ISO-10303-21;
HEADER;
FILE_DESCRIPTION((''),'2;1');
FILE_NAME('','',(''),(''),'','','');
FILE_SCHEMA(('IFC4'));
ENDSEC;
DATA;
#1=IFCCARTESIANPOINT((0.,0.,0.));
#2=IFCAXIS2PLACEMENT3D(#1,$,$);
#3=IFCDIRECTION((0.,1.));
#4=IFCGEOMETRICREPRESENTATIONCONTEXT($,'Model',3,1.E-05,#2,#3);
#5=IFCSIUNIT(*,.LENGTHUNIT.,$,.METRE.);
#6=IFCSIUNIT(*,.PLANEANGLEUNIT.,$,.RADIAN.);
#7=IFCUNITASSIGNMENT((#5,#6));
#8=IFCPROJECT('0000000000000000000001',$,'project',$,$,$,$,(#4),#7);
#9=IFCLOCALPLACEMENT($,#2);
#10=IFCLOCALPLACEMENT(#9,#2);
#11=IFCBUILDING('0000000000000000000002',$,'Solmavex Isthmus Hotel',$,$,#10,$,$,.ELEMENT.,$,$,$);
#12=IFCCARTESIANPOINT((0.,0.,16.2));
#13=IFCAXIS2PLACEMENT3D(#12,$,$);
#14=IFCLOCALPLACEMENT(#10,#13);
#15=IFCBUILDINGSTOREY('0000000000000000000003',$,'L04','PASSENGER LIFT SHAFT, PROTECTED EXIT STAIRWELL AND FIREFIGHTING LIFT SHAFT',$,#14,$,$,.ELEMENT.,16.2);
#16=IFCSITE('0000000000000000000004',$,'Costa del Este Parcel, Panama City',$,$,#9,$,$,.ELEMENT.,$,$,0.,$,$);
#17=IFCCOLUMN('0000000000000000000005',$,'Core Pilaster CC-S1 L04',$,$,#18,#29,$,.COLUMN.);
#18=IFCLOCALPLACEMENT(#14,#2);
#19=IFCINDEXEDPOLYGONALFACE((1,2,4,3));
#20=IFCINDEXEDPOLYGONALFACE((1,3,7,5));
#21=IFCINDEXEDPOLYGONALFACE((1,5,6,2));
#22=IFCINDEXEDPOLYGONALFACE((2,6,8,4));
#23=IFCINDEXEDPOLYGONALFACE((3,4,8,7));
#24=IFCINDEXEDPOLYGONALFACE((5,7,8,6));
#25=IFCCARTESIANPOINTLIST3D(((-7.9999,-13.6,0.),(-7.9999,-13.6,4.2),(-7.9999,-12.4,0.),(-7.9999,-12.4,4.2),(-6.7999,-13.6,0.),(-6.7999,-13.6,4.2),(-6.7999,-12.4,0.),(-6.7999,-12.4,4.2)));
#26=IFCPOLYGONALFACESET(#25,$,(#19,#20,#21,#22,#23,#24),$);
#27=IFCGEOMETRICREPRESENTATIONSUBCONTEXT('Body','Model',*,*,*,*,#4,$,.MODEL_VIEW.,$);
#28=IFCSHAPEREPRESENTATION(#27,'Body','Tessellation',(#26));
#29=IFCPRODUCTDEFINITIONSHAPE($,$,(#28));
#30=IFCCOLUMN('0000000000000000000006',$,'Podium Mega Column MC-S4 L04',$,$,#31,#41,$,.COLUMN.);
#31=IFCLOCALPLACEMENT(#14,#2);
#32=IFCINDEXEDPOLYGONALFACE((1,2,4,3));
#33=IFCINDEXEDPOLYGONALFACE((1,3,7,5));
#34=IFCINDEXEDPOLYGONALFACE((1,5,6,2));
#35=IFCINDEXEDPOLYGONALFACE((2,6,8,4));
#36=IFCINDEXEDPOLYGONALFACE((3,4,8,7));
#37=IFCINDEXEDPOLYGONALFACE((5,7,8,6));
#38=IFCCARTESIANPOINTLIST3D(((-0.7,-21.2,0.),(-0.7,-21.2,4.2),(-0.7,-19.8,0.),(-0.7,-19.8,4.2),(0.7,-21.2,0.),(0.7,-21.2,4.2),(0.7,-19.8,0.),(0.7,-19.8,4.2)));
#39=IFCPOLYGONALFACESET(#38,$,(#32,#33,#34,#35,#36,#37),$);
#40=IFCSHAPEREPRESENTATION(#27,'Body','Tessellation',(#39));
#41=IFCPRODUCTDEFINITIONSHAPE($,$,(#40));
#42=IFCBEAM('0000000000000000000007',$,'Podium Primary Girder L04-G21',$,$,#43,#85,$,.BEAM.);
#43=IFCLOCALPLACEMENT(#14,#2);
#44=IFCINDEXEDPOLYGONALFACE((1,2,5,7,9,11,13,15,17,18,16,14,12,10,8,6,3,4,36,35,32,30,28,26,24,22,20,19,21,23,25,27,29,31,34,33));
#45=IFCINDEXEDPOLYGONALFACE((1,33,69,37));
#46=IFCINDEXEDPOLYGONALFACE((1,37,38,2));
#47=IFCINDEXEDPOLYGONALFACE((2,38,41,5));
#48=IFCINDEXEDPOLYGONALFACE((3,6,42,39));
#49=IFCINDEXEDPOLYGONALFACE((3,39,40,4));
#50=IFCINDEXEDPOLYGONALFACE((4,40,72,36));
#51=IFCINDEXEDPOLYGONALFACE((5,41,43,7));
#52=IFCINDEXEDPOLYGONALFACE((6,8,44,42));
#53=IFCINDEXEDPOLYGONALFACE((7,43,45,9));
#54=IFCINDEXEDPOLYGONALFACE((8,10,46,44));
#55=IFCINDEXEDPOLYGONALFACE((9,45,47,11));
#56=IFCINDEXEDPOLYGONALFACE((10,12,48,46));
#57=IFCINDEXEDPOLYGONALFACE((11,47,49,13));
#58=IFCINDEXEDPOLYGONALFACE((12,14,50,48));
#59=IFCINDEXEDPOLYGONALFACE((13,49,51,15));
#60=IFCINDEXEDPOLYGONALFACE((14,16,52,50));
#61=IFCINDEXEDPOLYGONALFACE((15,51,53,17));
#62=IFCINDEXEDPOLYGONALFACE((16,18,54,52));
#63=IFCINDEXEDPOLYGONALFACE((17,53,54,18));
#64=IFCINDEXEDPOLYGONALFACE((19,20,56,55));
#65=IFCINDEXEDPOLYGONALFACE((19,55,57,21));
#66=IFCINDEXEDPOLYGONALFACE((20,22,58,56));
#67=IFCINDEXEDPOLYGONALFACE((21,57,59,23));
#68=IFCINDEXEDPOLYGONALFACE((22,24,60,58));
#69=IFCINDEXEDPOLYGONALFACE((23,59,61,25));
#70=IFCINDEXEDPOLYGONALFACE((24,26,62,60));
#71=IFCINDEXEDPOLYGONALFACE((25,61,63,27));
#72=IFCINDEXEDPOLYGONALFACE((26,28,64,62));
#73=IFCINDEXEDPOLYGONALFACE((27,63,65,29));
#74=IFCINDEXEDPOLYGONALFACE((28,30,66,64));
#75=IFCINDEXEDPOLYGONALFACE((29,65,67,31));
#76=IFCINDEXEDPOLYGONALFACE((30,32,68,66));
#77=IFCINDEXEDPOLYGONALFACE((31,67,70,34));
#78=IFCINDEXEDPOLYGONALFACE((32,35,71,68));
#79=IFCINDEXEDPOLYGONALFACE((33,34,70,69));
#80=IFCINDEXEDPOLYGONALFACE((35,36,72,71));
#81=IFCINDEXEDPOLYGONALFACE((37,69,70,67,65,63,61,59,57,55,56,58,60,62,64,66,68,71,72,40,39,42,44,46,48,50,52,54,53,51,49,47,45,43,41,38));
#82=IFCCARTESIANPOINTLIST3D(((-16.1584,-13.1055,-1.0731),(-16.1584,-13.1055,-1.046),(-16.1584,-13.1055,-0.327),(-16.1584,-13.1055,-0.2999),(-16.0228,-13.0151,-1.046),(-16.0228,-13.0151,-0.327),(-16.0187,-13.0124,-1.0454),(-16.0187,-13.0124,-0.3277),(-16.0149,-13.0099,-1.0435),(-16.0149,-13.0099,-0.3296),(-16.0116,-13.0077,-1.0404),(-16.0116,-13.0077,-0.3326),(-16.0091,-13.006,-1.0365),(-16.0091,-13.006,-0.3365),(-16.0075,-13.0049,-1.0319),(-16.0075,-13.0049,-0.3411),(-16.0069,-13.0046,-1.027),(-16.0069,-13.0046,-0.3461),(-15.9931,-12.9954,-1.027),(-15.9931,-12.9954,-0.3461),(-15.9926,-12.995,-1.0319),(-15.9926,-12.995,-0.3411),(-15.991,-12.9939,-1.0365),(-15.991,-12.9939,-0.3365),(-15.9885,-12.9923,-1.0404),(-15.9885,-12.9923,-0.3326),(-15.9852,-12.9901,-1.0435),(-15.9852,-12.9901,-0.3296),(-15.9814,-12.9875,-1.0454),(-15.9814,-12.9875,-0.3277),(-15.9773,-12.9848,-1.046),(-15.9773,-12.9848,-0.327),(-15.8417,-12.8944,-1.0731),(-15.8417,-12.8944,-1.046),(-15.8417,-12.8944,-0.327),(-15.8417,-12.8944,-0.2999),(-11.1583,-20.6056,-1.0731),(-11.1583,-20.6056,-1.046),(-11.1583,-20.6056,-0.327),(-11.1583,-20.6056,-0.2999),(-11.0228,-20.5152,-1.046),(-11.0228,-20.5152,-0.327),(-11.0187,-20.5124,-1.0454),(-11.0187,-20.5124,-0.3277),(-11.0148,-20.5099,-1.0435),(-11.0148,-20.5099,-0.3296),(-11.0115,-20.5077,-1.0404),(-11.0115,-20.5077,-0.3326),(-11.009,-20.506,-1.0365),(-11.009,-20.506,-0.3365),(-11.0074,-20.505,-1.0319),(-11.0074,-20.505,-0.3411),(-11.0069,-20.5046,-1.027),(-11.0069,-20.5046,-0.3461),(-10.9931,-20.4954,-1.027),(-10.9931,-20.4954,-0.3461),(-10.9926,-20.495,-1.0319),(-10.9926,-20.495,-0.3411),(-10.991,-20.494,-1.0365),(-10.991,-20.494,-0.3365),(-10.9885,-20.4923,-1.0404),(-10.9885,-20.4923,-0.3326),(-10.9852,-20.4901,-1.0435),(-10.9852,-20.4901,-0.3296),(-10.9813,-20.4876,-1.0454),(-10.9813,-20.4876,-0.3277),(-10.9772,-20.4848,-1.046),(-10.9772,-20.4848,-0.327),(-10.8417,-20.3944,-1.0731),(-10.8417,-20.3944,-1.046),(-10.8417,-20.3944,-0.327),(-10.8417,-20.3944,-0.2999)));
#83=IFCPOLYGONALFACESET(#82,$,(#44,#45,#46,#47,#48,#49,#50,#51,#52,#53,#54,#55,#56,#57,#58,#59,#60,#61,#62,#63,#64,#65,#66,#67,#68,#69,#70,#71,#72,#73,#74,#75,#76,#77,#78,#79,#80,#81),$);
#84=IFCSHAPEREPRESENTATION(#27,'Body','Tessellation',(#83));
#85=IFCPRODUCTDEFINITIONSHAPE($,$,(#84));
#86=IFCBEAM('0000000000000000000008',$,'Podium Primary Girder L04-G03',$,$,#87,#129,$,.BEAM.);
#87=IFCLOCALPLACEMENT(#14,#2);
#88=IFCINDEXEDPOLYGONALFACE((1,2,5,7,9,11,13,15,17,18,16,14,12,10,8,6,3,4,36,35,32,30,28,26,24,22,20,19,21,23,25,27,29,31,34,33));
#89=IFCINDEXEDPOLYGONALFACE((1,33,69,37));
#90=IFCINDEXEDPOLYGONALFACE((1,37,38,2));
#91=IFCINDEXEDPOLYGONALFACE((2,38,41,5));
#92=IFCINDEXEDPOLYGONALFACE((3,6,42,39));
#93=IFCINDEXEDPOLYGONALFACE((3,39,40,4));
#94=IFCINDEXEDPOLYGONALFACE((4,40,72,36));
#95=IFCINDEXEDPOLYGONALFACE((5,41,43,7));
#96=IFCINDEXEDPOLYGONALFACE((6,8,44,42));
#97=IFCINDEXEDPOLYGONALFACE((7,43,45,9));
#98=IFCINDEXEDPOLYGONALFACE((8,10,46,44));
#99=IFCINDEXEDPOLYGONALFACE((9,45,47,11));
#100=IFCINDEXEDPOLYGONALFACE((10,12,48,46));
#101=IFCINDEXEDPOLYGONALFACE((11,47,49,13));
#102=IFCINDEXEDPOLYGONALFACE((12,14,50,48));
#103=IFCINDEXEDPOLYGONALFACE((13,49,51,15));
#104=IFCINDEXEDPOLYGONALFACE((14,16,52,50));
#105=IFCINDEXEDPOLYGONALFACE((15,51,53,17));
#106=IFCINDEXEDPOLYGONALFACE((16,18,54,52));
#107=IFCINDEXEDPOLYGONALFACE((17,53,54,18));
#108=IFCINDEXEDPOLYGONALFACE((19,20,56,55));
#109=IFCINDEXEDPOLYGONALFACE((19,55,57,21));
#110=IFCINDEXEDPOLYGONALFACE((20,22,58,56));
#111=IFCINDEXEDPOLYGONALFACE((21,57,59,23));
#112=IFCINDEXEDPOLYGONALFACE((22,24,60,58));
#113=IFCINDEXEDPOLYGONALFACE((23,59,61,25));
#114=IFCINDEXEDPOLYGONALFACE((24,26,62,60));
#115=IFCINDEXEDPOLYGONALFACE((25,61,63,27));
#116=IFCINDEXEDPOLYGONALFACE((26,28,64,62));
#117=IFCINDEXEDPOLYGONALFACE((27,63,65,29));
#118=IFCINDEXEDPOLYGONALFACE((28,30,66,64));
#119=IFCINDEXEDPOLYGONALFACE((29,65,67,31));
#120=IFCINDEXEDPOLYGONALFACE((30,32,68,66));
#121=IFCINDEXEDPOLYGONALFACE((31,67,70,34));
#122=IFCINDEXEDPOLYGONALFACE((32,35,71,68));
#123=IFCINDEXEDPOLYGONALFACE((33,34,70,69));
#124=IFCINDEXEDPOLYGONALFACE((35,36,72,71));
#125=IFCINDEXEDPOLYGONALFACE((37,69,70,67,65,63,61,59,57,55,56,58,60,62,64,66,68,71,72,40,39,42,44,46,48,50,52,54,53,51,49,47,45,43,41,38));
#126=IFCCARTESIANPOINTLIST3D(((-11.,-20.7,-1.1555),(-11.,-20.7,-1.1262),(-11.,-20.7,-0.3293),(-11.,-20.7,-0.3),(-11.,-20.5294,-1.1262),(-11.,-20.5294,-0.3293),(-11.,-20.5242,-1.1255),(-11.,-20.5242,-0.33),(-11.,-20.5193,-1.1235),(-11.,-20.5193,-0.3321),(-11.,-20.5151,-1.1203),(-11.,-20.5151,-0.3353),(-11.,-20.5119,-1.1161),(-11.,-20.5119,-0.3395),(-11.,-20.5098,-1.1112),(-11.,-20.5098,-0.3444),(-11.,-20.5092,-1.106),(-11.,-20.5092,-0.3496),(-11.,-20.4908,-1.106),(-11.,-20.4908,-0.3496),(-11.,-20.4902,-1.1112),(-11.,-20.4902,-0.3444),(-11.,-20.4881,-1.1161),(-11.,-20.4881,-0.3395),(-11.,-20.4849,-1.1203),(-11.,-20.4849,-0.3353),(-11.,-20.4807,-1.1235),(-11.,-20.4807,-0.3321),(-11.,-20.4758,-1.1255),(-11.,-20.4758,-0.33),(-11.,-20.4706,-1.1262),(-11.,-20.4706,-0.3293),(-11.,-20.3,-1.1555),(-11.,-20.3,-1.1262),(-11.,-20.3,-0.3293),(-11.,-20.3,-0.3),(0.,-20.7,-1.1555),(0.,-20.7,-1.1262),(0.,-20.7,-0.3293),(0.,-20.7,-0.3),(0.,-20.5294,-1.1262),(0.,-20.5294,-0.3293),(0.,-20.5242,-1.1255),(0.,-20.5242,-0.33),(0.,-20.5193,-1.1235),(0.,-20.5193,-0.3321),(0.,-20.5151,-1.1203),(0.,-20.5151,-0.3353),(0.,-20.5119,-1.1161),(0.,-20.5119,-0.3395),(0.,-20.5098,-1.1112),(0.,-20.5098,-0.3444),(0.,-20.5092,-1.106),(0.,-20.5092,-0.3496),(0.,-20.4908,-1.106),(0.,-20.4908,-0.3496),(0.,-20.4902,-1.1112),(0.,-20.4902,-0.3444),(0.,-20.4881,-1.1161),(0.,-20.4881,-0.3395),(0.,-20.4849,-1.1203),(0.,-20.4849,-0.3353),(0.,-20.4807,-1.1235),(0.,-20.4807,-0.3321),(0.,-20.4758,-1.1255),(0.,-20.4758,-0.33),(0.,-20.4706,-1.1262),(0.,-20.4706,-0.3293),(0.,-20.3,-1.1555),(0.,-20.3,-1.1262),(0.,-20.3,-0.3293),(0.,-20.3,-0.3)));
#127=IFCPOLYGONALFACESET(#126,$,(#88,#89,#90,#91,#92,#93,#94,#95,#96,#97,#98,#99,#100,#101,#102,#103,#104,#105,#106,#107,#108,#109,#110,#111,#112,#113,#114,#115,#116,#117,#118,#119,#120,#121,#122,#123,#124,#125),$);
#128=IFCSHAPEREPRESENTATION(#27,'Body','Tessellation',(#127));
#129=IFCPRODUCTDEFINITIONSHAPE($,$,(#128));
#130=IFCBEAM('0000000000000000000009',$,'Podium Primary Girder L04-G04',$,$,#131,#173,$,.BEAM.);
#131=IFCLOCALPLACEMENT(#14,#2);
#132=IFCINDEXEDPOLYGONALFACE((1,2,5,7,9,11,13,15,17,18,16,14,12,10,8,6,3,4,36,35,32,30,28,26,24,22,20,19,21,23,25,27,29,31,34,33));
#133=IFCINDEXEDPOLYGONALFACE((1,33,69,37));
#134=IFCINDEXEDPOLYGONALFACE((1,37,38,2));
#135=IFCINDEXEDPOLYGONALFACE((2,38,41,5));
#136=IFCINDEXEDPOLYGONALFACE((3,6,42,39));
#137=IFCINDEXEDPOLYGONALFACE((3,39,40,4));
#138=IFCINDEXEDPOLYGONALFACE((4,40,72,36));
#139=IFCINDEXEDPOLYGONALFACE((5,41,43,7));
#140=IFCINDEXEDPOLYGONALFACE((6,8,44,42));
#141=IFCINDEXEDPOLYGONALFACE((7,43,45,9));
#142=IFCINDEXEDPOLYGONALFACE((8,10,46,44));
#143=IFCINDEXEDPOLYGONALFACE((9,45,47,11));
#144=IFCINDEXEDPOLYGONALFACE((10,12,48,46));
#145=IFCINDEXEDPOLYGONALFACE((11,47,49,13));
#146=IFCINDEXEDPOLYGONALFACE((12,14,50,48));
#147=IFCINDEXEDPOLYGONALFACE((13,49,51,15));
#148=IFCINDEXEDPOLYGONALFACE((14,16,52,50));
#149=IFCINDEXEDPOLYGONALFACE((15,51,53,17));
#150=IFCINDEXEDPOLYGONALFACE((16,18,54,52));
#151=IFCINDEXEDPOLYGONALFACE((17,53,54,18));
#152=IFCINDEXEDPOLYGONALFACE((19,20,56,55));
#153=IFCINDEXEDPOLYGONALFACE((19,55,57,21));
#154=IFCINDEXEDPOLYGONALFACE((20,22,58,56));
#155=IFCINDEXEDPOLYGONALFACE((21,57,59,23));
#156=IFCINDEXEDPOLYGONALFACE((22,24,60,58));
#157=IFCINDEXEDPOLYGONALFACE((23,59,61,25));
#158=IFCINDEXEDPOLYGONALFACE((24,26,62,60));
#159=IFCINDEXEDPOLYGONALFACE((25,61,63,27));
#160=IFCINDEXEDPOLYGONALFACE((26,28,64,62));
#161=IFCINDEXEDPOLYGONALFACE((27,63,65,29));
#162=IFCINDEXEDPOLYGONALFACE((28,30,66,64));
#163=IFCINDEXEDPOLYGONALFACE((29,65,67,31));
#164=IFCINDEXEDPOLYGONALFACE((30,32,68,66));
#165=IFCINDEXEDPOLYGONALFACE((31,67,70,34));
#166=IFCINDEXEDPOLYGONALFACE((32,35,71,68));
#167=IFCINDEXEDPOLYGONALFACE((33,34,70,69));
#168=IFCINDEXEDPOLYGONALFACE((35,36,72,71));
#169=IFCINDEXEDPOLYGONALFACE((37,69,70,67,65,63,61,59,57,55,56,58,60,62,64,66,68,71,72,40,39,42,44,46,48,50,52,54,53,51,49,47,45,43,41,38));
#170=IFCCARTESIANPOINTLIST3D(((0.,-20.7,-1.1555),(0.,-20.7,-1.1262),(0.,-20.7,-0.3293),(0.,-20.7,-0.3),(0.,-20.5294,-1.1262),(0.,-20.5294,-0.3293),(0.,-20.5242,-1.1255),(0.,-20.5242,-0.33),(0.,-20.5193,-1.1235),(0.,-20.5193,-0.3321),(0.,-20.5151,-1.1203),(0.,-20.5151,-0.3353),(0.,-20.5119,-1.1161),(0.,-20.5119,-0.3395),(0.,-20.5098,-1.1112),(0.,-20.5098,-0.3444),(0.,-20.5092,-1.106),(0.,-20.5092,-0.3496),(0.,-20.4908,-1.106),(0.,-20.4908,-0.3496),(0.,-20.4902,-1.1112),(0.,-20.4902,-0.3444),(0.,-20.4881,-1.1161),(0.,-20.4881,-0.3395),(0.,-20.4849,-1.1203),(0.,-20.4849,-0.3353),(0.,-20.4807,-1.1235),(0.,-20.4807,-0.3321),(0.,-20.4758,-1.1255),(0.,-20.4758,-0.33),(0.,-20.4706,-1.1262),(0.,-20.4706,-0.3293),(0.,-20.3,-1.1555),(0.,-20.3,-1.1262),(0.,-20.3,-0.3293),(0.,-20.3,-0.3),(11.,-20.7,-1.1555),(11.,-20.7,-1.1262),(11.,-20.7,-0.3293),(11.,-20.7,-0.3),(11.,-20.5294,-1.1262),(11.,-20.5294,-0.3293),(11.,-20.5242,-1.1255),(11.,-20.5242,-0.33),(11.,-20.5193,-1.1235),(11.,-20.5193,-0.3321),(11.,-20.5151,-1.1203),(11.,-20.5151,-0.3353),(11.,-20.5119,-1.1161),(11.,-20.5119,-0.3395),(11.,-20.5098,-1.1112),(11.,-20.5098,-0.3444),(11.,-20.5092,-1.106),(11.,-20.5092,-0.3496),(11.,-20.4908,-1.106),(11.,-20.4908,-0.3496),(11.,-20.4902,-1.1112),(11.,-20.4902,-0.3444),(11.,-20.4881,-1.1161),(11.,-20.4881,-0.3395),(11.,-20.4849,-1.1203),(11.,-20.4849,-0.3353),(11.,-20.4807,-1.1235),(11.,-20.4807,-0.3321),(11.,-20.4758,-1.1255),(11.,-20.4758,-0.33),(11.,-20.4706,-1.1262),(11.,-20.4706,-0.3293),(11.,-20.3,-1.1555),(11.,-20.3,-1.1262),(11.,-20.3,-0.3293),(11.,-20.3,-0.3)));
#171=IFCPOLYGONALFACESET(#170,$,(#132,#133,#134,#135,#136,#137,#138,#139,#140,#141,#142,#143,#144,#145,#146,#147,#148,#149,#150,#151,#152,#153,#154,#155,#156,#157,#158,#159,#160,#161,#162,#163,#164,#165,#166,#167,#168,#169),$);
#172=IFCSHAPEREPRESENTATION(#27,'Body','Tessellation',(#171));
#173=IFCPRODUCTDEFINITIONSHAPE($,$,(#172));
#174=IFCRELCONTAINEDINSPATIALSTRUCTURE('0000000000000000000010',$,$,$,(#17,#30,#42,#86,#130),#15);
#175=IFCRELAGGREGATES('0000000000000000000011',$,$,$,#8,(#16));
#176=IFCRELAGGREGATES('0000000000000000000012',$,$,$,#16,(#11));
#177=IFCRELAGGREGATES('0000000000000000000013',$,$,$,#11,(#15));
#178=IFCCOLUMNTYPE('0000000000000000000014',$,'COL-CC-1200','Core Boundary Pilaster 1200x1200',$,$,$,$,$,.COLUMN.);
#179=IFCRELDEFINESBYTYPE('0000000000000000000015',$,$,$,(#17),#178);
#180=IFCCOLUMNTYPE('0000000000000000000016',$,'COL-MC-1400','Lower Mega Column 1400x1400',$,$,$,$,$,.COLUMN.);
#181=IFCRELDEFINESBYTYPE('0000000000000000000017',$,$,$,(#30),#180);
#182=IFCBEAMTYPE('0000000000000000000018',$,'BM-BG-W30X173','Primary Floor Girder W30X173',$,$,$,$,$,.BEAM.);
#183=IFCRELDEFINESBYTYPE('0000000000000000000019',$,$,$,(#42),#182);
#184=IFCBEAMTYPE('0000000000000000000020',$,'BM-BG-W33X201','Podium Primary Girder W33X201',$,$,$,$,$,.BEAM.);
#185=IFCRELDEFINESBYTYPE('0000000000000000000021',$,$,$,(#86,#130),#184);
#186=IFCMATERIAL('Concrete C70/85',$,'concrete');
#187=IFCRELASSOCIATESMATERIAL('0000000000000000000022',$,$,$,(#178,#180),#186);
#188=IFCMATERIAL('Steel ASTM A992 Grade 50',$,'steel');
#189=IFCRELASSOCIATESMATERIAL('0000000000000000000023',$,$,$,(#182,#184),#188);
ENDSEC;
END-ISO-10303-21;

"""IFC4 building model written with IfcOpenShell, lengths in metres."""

from ifc_helpers import new_model, si_unit, direction, frame, origin, origin_2d, place, context, subcontext, project, spatial, rectangle, i_section, extrude, material, material_profile, profile_set, type_object, element, save


model = new_model("IFC4")

# Units and contexts
model_context = context("Model", 3, precision=1e-05, world=origin(), true_north=direction((0.0, 1.0)))
body_context = subcontext(model_context, "Body", "Model", "MODEL_VIEW")
ifc_project = project(units=[si_unit("LENGTHUNIT", "METRE"), si_unit("PLANEANGLEUNIT", "RADIAN")], contexts=[model_context])

# Site, building, storey
site_placement = place(None, origin())
site = spatial("IfcSite", under=ifc_project, at=site_placement, Name="Costa del Este Parcel, Panama City", CompositionType="ELEMENT", RefElevation=0.0)
building_placement = place(site_placement, origin())
building = spatial("IfcBuilding", under=site, at=building_placement, Name="Solmavex Isthmus Hotel", CompositionType="ELEMENT")
storey_placement = place(building_placement, frame((0.0, 0.0, 16.2)))
storey = spatial("IfcBuildingStorey", under=building, at=storey_placement, Name="L04", Description="PASSENGER LIFT SHAFT, PROTECTED EXIT STAIRWELL AND FIREFIGHTING LIFT SHAFT", CompositionType="ELEMENT", Elevation=16.2)

# Columns
ifc_material_1 = material(Name="Concrete C70/85", Category="concrete")
ifc_material_profile_1 = material_profile(ifc_material_1, rectangle(XDim=1.2, YDim=1.2, at=origin_2d()), Name="RC1200X1200")
ifc_profile_set_1 = profile_set([ifc_material_profile_1], Name="Concrete C70/85")
column_type_1 = type_object("IfcColumnType", Name="COL-CC-1200", Description="Core Boundary Pilaster 1200x1200", PredefinedType="COLUMN", material=ifc_profile_set_1)
column_1_placement = place(storey_placement, frame((-7.3999, -13.0, 0.0), z_axis=(0.0, 0.0, 1.0), x_axis=(1.0, 0.0, 0.0)))
element("IfcColumn", 1, at=column_1_placement, inside=storey, type_object=column_type_1, Name="Core Pilaster CC-S1 L04", PredefinedType="COLUMN", context=body_context, shape_type="SweptSolid", body=[
    extrude(rectangle(XDim=1.2, YDim=1.2, at=origin_2d()), origin(), (0.0, 0.0, 1.0), 4.2),
])
ifc_material_profile_2 = material_profile(ifc_material_1, rectangle(XDim=1.3999, YDim=1.3999, at=origin_2d()), Name="RC1400X1400")
ifc_profile_set_2 = profile_set([ifc_material_profile_2], Name="Concrete C70/85")
column_type_2 = type_object("IfcColumnType", Name="COL-MC-1400", Description="Lower Mega Column 1400x1400", PredefinedType="COLUMN", material=ifc_profile_set_2)
column_2_placement = place(storey_placement, frame((0.0, -20.5, 0.0), z_axis=(0.0, 0.0, 1.0), x_axis=(1.0, 0.0, 0.0)))
element("IfcColumn", 2, at=column_2_placement, inside=storey, type_object=column_type_2, Name="Podium Mega Column MC-S4 L04", PredefinedType="COLUMN", context=body_context, shape_type="SweptSolid", body=[
    extrude(rectangle(XDim=1.3999, YDim=1.3999, at=origin_2d()), origin(), (0.0, 0.0, 1.0), 4.2),
])

# Beams
ifc_material_2 = material(Name="Steel ASTM A992 Grade 50", Category="steel")
ifc_material_profile_3 = material_profile(ifc_material_2, i_section(OverallWidth=0.3806, OverallDepth=0.7732, WebThickness=0.0166, FlangeThickness=0.0271, FilletRadius=0.019, at=origin_2d()), Name="W30X173")
ifc_profile_set_3 = profile_set([ifc_material_profile_3], Name="Steel ASTM A992 Grade 50")
beam_type_1 = type_object("IfcBeamType", Name="BM-BG-W30X173", Description="Primary Floor Girder W30X173", PredefinedType="BEAM", material=ifc_profile_set_3)
beam_1_placement = place(storey_placement, frame((-11.0, -20.5, -0.6865), z_axis=(-0.5547, 0.83205, 0.0), x_axis=(-0.83205, -0.5547, 0.0)))
element("IfcBeam", 3, at=beam_1_placement, inside=storey, type_object=beam_type_1, Name="Podium Primary Girder L04-G21", PredefinedType="BEAM", context=body_context, shape_type="SweptSolid", body=[
    extrude(i_section(OverallWidth=0.3806, OverallDepth=0.7732, WebThickness=0.0166, FlangeThickness=0.0271, FilletRadius=0.019, at=origin_2d()), origin(), (0.0, 0.0, 1.0), 9.0139),
])
ifc_material_profile_4 = material_profile(ifc_material_2, i_section(OverallWidth=0.3999, OverallDepth=0.8555, WebThickness=0.0183, FlangeThickness=0.0293, FilletRadius=0.0203, at=origin_2d()), Name="W33X201")
ifc_profile_set_4 = profile_set([ifc_material_profile_4], Name="Steel ASTM A992 Grade 50")
beam_type_2 = type_object("IfcBeamType", Name="BM-BG-W33X201", Description="Podium Primary Girder W33X201", PredefinedType="BEAM", material=ifc_profile_set_4)
for number, where, z_axis, x_axis, name in (
    (4, (-11.0, -20.5, -0.7278), (1.0, 0.0, 0.0), (0.0, 1.0, 0.0), "Podium Primary Girder L04-G03"),
    (5, (0.0, -20.5, -0.7278), (1.0, 0.0, 0.0), (0.0, 1.0, 0.0), "Podium Primary Girder L04-G04"),
):
    element("IfcBeam", number, at=place(storey_placement, frame(where, z_axis=z_axis, x_axis=x_axis)), inside=storey, type_object=beam_type_2, Name=name, PredefinedType="BEAM", context=body_context, shape_type="SweptSolid", body=[
        extrude(i_section(OverallWidth=0.3999, OverallDepth=0.8555, WebThickness=0.0183, FlangeThickness=0.0293, FilletRadius=0.0203, at=origin_2d()), origin(), (0.0, 0.0, 1.0), 11.0),
    ])

save(model, "model.ifc")
